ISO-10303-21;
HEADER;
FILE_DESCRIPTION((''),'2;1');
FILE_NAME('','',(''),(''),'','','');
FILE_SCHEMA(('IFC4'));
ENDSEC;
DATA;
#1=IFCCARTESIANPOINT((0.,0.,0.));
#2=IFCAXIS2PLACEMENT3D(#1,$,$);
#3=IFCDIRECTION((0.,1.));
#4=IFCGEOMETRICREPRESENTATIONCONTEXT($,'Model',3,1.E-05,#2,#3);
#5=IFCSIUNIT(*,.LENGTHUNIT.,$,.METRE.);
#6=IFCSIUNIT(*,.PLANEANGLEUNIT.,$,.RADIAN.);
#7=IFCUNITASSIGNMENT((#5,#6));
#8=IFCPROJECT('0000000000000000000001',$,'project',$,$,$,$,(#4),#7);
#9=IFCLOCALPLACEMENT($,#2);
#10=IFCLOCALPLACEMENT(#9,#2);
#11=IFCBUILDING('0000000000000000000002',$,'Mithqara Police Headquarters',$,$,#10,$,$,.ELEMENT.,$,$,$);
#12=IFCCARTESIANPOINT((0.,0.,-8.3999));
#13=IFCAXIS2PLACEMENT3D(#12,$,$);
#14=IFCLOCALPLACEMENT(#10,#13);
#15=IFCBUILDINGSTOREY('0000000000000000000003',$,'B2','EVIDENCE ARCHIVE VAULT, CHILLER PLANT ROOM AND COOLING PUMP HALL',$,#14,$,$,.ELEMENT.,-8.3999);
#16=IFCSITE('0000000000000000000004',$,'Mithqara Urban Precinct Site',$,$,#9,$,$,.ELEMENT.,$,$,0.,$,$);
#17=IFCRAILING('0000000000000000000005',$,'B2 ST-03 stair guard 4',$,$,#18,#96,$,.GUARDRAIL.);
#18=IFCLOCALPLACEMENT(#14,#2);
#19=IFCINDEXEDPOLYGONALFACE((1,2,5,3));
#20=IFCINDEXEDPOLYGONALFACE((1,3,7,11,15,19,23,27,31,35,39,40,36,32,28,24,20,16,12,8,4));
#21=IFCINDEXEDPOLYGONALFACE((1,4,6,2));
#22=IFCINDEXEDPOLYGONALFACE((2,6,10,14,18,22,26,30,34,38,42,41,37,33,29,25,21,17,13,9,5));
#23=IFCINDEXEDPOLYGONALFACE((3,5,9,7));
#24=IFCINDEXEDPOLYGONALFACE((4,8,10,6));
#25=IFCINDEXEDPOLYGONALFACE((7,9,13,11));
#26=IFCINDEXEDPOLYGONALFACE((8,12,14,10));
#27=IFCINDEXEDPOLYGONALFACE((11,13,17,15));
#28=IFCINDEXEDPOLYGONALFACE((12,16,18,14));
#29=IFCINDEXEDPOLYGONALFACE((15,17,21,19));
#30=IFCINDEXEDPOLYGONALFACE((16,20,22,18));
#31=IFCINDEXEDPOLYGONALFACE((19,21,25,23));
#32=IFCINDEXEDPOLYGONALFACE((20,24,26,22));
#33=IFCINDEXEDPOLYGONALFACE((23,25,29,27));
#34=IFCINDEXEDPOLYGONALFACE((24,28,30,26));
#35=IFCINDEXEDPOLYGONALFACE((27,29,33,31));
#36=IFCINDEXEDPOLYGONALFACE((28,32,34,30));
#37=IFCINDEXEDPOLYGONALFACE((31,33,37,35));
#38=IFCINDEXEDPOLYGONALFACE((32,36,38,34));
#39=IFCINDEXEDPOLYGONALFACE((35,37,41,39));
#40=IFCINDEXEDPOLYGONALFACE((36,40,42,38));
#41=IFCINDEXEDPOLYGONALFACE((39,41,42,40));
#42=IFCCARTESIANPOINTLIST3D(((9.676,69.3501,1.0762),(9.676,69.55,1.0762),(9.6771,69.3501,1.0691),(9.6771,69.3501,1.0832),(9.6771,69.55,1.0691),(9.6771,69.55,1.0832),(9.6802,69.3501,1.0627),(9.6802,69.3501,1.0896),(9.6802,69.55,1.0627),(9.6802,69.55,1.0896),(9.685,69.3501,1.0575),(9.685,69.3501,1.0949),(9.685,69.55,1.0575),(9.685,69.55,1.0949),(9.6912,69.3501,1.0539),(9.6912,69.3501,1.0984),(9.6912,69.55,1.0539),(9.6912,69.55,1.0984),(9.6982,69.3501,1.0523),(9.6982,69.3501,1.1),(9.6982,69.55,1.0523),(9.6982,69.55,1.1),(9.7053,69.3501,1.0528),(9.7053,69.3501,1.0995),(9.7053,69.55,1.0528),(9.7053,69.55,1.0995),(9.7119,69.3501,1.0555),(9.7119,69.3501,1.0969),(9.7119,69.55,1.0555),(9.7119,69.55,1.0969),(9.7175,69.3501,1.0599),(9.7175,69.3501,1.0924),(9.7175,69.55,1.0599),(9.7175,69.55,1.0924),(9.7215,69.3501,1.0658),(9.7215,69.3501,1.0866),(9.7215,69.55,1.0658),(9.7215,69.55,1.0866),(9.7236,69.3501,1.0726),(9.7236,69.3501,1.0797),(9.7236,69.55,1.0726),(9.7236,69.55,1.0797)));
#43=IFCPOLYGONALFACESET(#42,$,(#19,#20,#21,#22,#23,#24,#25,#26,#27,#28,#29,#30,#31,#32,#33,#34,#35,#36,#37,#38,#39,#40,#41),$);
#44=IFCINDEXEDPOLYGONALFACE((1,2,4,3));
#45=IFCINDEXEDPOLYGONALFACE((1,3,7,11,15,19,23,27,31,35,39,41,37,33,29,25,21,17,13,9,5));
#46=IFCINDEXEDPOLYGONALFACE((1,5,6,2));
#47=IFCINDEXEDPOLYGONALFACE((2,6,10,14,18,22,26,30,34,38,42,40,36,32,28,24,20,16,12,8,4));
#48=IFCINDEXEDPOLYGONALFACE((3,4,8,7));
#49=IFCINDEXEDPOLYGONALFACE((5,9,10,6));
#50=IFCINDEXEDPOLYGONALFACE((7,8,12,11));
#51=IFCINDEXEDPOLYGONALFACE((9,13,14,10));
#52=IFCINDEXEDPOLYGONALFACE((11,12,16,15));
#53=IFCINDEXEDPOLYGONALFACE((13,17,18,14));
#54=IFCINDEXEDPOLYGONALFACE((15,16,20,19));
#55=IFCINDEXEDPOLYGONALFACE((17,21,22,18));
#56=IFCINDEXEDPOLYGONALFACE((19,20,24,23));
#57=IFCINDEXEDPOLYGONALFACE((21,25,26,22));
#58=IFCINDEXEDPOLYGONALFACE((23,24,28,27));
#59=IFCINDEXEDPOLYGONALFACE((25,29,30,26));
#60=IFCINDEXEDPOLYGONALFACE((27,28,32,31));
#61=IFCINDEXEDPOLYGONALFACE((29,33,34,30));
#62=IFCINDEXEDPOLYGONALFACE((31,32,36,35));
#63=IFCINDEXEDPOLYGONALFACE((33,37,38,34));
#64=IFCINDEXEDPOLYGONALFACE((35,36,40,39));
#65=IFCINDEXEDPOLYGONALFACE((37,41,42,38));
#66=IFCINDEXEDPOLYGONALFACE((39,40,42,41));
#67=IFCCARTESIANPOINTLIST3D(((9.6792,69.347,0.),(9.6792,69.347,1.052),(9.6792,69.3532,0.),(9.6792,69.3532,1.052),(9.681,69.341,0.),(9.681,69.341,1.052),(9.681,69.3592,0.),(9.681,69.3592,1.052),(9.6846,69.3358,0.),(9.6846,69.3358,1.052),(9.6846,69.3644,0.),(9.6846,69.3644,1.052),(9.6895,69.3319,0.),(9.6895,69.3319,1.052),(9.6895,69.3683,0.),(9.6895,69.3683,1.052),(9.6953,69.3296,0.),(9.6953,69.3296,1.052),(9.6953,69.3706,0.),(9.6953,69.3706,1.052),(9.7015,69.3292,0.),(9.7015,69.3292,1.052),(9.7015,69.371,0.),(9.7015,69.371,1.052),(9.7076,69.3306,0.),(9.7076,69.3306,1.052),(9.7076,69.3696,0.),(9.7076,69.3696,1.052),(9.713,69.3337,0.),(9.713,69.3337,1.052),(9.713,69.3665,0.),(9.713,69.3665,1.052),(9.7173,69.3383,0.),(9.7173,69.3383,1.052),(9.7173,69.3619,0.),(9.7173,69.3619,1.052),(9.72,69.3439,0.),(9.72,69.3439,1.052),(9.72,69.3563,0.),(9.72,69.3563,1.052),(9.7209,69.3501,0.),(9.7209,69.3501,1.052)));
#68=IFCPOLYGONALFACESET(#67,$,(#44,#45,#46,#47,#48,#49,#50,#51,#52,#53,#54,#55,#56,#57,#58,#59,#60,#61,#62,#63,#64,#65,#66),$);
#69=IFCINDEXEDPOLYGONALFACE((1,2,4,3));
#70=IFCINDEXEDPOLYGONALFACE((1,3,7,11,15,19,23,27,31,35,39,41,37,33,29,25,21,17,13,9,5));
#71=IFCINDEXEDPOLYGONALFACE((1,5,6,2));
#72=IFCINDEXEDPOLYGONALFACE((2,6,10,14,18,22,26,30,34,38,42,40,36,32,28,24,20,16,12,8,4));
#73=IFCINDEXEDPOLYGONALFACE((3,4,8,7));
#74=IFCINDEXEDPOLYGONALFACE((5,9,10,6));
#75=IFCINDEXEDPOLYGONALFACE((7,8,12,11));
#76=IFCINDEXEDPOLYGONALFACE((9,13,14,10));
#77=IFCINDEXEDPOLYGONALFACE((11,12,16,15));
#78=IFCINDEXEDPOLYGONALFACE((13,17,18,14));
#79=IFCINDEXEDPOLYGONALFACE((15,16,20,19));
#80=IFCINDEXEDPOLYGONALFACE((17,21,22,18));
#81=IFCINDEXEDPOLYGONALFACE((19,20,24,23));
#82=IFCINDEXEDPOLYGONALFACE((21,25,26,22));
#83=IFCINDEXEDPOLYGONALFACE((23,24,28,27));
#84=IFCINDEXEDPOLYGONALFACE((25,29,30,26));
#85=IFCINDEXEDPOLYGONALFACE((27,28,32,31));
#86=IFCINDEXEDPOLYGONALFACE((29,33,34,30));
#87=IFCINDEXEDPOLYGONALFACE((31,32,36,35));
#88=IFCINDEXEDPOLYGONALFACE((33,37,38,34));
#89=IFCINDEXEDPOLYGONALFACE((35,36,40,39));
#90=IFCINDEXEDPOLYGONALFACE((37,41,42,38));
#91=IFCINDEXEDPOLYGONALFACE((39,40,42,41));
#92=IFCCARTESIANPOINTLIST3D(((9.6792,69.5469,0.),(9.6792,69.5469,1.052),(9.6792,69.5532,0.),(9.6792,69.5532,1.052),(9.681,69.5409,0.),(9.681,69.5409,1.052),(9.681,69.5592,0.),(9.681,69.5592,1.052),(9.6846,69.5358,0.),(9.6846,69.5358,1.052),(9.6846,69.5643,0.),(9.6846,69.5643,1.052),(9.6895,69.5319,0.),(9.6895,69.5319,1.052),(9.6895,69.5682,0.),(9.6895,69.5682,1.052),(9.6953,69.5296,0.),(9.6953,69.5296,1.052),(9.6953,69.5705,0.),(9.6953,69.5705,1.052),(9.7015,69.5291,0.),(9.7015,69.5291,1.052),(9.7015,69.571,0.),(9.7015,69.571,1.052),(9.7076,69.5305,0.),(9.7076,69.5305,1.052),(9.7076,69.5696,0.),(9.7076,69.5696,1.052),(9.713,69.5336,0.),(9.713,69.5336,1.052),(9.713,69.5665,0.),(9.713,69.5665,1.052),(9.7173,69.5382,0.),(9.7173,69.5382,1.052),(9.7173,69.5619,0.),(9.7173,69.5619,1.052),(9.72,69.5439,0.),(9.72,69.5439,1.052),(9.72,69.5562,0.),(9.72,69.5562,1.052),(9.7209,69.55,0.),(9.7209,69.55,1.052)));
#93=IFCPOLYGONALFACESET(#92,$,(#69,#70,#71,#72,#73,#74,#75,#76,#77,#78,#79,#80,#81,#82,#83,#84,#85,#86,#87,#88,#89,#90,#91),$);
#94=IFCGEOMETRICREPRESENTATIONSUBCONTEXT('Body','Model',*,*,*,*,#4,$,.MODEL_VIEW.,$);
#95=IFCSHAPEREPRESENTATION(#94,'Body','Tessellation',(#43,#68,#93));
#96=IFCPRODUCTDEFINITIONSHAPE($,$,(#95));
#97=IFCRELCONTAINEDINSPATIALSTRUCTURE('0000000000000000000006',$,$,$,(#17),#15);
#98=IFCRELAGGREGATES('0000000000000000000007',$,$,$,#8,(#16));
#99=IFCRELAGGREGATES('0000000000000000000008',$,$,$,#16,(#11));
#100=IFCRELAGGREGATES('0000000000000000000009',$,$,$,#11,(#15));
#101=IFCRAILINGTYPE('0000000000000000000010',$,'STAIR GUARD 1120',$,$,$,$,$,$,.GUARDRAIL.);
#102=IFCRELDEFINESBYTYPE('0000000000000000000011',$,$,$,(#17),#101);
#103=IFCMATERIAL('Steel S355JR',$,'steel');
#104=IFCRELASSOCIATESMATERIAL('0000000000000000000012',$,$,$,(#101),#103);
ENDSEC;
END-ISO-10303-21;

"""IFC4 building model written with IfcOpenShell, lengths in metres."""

from ifc_helpers import new_model, si_unit, direction, frame, origin, origin_2d, place, context, subcontext, project, spatial, circle, extrude, material, type_object, element, save


model = new_model("IFC4")

# Units and contexts
model_context = context("Model", 3, precision=1e-05, world=origin(), true_north=direction((0.0, 1.0)))
body_context = subcontext(model_context, "Body", "Model", "MODEL_VIEW")
ifc_project = project(units=[si_unit("LENGTHUNIT", "METRE"), si_unit("PLANEANGLEUNIT", "RADIAN")], contexts=[model_context])

# Site, building, storey
site_placement = place(None, origin())
site = spatial("IfcSite", under=ifc_project, at=site_placement, Name="Mithqara Urban Precinct Site", CompositionType="ELEMENT", RefElevation=0.0)
building_placement = place(site_placement, origin())
building = spatial("IfcBuilding", under=site, at=building_placement, Name="Mithqara Police Headquarters", CompositionType="ELEMENT")
storey_placement = place(building_placement, frame((0.0, 0.0, -8.3999)))
storey = spatial("IfcBuildingStorey", under=building, at=storey_placement, Name="B2", Description="EVIDENCE ARCHIVE VAULT, CHILLER PLANT ROOM AND COOLING PUMP HALL", CompositionType="ELEMENT", Elevation=-8.3999)

# Shared definitions
ifc_material_1 = material(Name="Steel S355JR", Category="steel")

# Railing
railing_type_1 = type_object("IfcRailingType", Name="STAIR GUARD 1120", PredefinedType="GUARDRAIL", material=ifc_material_1)
railing_1_placement = place(storey_placement, frame((9.7, 69.3501, 0.0)))
element("IfcRailing", 1, at=railing_1_placement, inside=storey, type_object=railing_type_1, Name="B2 ST-03 stair guard 4", PredefinedType="GUARDRAIL", context=body_context, shape_type="SweptSolid", body=[
    extrude(circle(Radius=0.0239, at=origin_2d()), frame((0.0, 0.0, 1.0762), z_axis=(0.0, 1.0, 0.0), x_axis=(-1.0, 0.0, 0.0)), (0.0, 0.0, 1.0), 0.2),
    extrude(circle(Radius=0.021, at=origin_2d()), origin(), (0.0, 0.0, 1.0), 1.052),
    extrude(circle(Radius=0.021, at=origin_2d()), frame((0.0, 0.2, 0.0)), (0.0, 0.0, 1.0), 1.052),
])

save(model, "model.ifc")
